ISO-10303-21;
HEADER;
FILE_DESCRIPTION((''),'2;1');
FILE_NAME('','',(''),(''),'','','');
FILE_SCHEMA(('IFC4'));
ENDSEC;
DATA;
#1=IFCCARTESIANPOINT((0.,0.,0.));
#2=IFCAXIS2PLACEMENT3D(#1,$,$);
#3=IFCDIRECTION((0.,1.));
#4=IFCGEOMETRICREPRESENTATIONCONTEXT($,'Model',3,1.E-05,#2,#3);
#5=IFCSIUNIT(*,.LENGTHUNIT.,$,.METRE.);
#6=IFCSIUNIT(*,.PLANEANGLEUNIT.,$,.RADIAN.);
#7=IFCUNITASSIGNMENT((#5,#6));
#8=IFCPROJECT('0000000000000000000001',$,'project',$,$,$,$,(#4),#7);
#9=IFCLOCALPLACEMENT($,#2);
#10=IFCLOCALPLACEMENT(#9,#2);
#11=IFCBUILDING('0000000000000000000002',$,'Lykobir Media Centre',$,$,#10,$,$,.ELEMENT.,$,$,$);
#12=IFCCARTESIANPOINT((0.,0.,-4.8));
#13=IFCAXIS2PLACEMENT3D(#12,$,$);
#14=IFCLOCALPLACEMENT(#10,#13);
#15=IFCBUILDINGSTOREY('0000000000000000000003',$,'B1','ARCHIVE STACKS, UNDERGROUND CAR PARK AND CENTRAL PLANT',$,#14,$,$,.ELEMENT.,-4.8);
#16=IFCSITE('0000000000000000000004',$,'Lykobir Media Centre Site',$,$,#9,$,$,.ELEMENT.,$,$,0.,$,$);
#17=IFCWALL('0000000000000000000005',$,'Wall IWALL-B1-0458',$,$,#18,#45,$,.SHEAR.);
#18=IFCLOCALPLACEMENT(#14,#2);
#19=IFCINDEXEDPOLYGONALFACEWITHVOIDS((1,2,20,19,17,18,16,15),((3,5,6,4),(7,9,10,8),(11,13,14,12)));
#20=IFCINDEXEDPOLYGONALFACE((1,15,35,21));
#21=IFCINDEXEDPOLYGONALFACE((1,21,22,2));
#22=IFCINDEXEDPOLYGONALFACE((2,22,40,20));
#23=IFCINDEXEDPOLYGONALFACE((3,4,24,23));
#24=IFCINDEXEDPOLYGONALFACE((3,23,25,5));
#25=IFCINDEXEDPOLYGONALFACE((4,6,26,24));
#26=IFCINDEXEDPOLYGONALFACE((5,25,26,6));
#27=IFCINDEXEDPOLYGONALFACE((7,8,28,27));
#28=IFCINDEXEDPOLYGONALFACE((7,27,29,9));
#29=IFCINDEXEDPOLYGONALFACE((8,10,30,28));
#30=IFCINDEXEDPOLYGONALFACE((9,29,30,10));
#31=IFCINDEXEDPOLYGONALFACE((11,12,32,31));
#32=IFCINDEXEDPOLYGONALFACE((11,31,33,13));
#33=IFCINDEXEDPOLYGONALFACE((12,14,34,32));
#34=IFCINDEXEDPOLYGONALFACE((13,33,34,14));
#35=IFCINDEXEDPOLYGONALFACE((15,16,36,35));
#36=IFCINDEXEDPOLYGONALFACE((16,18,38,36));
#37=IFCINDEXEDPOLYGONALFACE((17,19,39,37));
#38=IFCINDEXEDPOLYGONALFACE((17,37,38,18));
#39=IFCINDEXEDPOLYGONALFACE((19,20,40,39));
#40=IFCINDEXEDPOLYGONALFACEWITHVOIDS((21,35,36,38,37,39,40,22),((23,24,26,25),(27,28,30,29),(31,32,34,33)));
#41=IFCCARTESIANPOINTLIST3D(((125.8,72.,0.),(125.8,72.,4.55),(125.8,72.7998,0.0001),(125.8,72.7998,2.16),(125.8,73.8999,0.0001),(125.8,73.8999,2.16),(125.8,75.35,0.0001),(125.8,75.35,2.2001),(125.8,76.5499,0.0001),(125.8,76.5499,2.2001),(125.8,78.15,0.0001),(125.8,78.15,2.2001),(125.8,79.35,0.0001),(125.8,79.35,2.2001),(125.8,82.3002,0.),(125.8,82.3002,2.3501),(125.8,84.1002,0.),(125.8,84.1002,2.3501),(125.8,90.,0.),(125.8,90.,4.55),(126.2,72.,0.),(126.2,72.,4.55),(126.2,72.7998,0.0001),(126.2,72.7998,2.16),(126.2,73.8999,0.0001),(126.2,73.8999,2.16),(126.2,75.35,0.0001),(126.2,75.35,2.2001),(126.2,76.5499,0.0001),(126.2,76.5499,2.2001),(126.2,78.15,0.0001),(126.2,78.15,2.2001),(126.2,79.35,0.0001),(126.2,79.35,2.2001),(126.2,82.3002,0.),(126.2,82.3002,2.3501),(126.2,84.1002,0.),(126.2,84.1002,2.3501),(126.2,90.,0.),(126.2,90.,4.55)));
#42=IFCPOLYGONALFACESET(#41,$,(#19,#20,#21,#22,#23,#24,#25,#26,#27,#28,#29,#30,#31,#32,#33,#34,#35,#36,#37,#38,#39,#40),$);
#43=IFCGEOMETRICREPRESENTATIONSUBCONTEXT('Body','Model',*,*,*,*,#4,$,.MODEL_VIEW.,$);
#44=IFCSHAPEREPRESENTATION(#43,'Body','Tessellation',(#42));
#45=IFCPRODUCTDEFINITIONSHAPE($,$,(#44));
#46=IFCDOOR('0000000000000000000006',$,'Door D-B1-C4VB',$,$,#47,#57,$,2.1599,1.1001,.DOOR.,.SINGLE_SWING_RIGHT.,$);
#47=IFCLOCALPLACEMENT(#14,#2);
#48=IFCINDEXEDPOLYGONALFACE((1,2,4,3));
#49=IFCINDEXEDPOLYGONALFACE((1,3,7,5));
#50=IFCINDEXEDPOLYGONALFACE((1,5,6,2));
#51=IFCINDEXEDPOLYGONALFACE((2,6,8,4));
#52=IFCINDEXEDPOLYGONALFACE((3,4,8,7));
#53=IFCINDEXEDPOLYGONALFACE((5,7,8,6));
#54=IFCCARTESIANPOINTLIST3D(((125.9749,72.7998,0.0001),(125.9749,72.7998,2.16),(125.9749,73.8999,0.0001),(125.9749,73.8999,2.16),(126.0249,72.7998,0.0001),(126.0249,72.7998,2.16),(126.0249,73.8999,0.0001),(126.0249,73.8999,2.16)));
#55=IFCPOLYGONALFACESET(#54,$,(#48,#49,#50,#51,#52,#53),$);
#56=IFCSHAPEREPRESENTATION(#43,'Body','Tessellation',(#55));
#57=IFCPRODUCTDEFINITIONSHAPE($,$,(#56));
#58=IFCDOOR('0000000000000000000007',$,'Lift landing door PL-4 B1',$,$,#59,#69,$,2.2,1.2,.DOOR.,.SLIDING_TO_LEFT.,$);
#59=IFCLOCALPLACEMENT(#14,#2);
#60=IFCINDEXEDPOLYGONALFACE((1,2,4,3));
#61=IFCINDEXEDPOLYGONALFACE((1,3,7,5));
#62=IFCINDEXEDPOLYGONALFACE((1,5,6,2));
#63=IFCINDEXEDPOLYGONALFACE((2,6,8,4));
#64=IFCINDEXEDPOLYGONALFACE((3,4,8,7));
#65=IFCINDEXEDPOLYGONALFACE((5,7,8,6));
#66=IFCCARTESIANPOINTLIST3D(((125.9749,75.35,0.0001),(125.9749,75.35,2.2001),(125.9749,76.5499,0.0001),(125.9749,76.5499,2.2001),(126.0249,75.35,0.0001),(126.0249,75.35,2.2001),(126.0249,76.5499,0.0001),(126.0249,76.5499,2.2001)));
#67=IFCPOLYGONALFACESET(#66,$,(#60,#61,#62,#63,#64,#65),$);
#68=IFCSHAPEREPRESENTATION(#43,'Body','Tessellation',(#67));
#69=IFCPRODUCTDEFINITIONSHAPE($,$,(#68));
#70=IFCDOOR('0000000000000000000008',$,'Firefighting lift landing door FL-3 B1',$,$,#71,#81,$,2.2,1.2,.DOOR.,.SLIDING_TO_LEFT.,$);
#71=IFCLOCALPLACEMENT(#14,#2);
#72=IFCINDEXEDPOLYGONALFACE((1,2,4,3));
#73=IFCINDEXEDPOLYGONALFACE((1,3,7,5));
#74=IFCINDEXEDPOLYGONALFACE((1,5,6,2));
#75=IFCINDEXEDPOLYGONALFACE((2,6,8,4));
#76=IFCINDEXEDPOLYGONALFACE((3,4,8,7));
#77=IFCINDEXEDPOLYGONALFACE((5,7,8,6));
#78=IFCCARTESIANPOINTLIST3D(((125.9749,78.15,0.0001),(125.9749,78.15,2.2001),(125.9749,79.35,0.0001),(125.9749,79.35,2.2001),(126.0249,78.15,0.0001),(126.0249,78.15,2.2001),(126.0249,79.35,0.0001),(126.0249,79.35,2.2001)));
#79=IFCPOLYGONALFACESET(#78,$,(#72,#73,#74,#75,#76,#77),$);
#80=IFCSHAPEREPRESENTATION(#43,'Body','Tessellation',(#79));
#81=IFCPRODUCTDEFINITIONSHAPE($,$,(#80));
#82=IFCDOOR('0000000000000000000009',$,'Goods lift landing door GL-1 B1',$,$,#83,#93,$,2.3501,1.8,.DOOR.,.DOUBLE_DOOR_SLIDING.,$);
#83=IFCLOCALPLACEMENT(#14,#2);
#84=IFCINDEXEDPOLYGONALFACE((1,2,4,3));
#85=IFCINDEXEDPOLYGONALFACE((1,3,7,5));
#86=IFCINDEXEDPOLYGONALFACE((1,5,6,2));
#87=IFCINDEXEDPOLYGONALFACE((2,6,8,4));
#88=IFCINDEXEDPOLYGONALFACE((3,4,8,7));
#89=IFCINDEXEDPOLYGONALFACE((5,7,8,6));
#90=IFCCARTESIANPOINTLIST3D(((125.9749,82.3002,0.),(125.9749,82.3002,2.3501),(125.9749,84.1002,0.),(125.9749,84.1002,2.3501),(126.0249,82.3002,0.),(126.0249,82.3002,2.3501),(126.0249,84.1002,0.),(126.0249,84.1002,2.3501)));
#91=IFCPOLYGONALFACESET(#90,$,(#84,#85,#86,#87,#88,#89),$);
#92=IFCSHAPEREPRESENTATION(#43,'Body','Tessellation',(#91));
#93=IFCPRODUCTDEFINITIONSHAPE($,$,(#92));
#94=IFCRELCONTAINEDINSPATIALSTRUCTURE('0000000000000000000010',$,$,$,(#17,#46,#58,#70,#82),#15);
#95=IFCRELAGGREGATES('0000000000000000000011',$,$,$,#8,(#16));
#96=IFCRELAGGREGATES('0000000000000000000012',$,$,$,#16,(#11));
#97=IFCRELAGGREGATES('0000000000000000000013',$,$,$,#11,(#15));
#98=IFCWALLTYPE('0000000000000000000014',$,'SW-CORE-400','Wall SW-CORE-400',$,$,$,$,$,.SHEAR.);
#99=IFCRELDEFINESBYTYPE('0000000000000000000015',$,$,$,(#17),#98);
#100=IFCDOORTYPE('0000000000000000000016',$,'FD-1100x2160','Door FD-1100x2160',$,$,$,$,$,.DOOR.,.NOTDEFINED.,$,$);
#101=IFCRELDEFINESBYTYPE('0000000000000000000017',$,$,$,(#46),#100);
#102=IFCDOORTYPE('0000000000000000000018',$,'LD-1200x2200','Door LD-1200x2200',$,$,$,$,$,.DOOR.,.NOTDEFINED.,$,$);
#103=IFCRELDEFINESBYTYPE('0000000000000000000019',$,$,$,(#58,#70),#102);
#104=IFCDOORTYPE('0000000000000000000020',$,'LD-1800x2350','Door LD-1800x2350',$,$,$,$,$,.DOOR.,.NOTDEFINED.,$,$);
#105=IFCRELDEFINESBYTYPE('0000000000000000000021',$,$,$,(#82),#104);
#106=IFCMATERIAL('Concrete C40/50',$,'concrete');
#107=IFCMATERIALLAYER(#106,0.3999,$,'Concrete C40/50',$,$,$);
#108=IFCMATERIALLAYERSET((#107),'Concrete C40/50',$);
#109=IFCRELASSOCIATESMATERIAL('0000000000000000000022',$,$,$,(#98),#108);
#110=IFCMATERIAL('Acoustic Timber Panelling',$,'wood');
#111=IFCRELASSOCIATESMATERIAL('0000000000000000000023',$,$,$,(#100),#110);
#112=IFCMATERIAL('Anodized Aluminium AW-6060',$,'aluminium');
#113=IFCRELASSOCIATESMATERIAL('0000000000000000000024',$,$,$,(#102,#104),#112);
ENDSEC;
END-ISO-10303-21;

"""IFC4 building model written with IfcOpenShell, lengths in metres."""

from ifc_helpers import new_model, si_unit, direction, frame, frame_2d, origin, place, context, subcontext, project, spatial, rectangle, extrude, material, layer, layer_set, type_object, element, fill, save


model = new_model("IFC4")

# Units and contexts
model_context = context("Model", 3, precision=1e-05, world=origin(), true_north=direction((0.0, 1.0)))
body_context = subcontext(model_context, "Body", "Model", "MODEL_VIEW")
ifc_project = project(units=[si_unit("LENGTHUNIT", "METRE"), si_unit("PLANEANGLEUNIT", "RADIAN")], contexts=[model_context])

# Site, building, storey
site_placement = place(None, origin())
site = spatial("IfcSite", under=ifc_project, at=site_placement, Name="Lykobir Media Centre Site", CompositionType="ELEMENT", RefElevation=0.0)
building_placement = place(site_placement, origin())
building = spatial("IfcBuilding", under=site, at=building_placement, Name="Lykobir Media Centre", CompositionType="ELEMENT")
storey_placement = place(building_placement, frame((0.0, 0.0, -4.8)))
storey = spatial("IfcBuildingStorey", under=building, at=storey_placement, Name="B1", Description="ARCHIVE STACKS, UNDERGROUND CAR PARK AND CENTRAL PLANT", CompositionType="ELEMENT", Elevation=-4.8)

# Shared definitions
ifc_material_1 = material(Name="Concrete C40/50", Category="concrete")

# Shared definitions
ifc_material_2 = material(Name="Acoustic Timber Panelling", Category="wood")

# Wall, openings, doors
ifc_layer_1 = layer(ifc_material_1, 0.3999, Name="Concrete C40/50")
ifc_layer_set_1 = layer_set([ifc_layer_1], Name="Concrete C40/50")
wall_type_1 = type_object("IfcWallType", Name="SW-CORE-400", Description="Wall SW-CORE-400", PredefinedType="SHEAR", material=ifc_layer_set_1)
wall_1_placement = place(storey_placement, frame((126.0, 90.0, 0.0), z_axis=(0.0, 0.0, 1.0), x_axis=(0.0, -1.0, 0.0)))
wall_1 = element("IfcWall", 1, at=wall_1_placement, inside=storey, type_object=wall_type_1, Name="Wall IWALL-B1-0458", PredefinedType="SHEAR", context=body_context, shape_type="SweptSolid", body=[
    extrude(rectangle(XDim=18.0, YDim=0.3999, at=frame_2d((9.0, 0.0))), origin(), (0.0, 0.0, 1.0), 4.55),
])
opening_1_placement = place(wall_1_placement, frame((16.1001, 0.0, 0.0)))
opening_1 = element("IfcOpeningElement", 2, at=opening_1_placement, cuts=wall_1, PredefinedType="OPENING", context=body_context, shape_type="SweptSolid", body=[
    extrude(rectangle(XDim=1.1001, YDim=2.1599, at=frame_2d((0.55, 1.0801))), frame((0.0, 0.21, 0.0), z_axis=(0.0, -1.0, 0.0), x_axis=(1.0, 0.0, 0.0)), (0.0, 0.0, 1.0), 0.4199),
])
opening_2_placement = place(wall_1_placement, frame((13.45, 0.0, 0.0)))
opening_2 = element("IfcOpeningElement", 3, at=opening_2_placement, cuts=wall_1, PredefinedType="OPENING", context=body_context, shape_type="SweptSolid", body=[
    extrude(rectangle(XDim=1.2, YDim=2.2, at=frame_2d((0.6001, 1.1001))), frame((0.0, 0.21, 0.0), z_axis=(0.0, -1.0, 0.0), x_axis=(1.0, 0.0, 0.0)), (0.0, 0.0, 1.0), 0.4199),
])
opening_3_placement = place(wall_1_placement, frame((10.6499, 0.0, 0.0)))
opening_3 = element("IfcOpeningElement", 4, at=opening_3_placement, cuts=wall_1, PredefinedType="OPENING", context=body_context, shape_type="SweptSolid", body=[
    extrude(rectangle(XDim=1.2, YDim=2.2, at=frame_2d((0.6001, 1.1001))), frame((0.0, 0.21, 0.0), z_axis=(0.0, -1.0, 0.0), x_axis=(1.0, 0.0, 0.0)), (0.0, 0.0, 1.0), 0.4199),
])
opening_4_placement = place(wall_1_placement, frame((5.8999, 0.0, 0.0)))
opening_4 = element("IfcOpeningElement", 5, at=opening_4_placement, cuts=wall_1, PredefinedType="OPENING", context=body_context, shape_type="SweptSolid", body=[
    extrude(rectangle(XDim=1.8, YDim=2.3501, at=frame_2d((0.8999, 1.175))), frame((0.0, 0.21, 0.0), z_axis=(0.0, -1.0, 0.0), x_axis=(1.0, 0.0, 0.0)), (0.0, 0.0, 1.0), 0.4199),
])
door_type_1 = type_object("IfcDoorType", Name="FD-1100x2160", Description="Door FD-1100x2160", OperationType="NOTDEFINED", PredefinedType="DOOR", material=ifc_material_2)
door_1_placement = place(opening_1_placement, origin())
door_1 = element("IfcDoor", 6, at=door_1_placement, inside=storey, type_object=door_type_1, Name="Door D-B1-C4VB", OperationType="SINGLE_SWING_RIGHT", OverallHeight=2.1599, OverallWidth=1.1001, PredefinedType="DOOR", context=body_context, shape_type="SweptSolid", body=[
    extrude(rectangle(XDim=1.1001, YDim=2.1599, at=frame_2d((0.55, 1.0801))), frame((0.0, 0.0249, 0.0), z_axis=(0.0, -1.0, 0.0), x_axis=(1.0, 0.0, 0.0)), (0.0, 0.0, 1.0), 0.05),
])
fill(opening_1, door_1)
ifc_material_3 = material(Name="Anodized Aluminium AW-6060", Category="aluminium")
door_type_2 = type_object("IfcDoorType", Name="LD-1200x2200", Description="Door LD-1200x2200", OperationType="NOTDEFINED", PredefinedType="DOOR", material=ifc_material_3)
door_2_placement = place(opening_2_placement, origin())
door_2 = element("IfcDoor", 7, at=door_2_placement, inside=storey, type_object=door_type_2, Name="Lift landing door PL-4 B1", OperationType="SLIDING_TO_LEFT", OverallHeight=2.2, OverallWidth=1.2, PredefinedType="DOOR", context=body_context, shape_type="SweptSolid", body=[
    extrude(rectangle(XDim=1.2, YDim=2.2, at=frame_2d((0.6001, 1.1001))), frame((0.0, 0.0249, 0.0), z_axis=(0.0, -1.0, 0.0), x_axis=(1.0, 0.0, 0.0)), (0.0, 0.0, 1.0), 0.05),
])
fill(opening_2, door_2)
door_3_placement = place(opening_3_placement, origin())
door_3 = element("IfcDoor", 8, at=door_3_placement, inside=storey, type_object=door_type_2, Name="Firefighting lift landing door FL-3 B1", OperationType="SLIDING_TO_LEFT", OverallHeight=2.2, OverallWidth=1.2, PredefinedType="DOOR", context=body_context, shape_type="SweptSolid", body=[
    extrude(rectangle(XDim=1.2, YDim=2.2, at=frame_2d((0.6001, 1.1001))), frame((0.0, 0.0249, 0.0), z_axis=(0.0, -1.0, 0.0), x_axis=(1.0, 0.0, 0.0)), (0.0, 0.0, 1.0), 0.05),
])
fill(opening_3, door_3)
door_type_3 = type_object("IfcDoorType", Name="LD-1800x2350", Description="Door LD-1800x2350", OperationType="NOTDEFINED", PredefinedType="DOOR", material=ifc_material_3)
door_4_placement = place(opening_4_placement, origin())
door_4 = element("IfcDoor", 9, at=door_4_placement, inside=storey, type_object=door_type_3, Name="Goods lift landing door GL-1 B1", OperationType="DOUBLE_DOOR_SLIDING", OverallHeight=2.3501, OverallWidth=1.8, PredefinedType="DOOR", context=body_context, shape_type="SweptSolid", body=[
    extrude(rectangle(XDim=1.8, YDim=2.3501, at=frame_2d((0.8999, 1.175))), frame((0.0, 0.0249, 0.0), z_axis=(0.0, -1.0, 0.0), x_axis=(1.0, 0.0, 0.0)), (0.0, 0.0, 1.0), 0.05),
])
fill(opening_4, door_4)

save(model, "model.ifc")
